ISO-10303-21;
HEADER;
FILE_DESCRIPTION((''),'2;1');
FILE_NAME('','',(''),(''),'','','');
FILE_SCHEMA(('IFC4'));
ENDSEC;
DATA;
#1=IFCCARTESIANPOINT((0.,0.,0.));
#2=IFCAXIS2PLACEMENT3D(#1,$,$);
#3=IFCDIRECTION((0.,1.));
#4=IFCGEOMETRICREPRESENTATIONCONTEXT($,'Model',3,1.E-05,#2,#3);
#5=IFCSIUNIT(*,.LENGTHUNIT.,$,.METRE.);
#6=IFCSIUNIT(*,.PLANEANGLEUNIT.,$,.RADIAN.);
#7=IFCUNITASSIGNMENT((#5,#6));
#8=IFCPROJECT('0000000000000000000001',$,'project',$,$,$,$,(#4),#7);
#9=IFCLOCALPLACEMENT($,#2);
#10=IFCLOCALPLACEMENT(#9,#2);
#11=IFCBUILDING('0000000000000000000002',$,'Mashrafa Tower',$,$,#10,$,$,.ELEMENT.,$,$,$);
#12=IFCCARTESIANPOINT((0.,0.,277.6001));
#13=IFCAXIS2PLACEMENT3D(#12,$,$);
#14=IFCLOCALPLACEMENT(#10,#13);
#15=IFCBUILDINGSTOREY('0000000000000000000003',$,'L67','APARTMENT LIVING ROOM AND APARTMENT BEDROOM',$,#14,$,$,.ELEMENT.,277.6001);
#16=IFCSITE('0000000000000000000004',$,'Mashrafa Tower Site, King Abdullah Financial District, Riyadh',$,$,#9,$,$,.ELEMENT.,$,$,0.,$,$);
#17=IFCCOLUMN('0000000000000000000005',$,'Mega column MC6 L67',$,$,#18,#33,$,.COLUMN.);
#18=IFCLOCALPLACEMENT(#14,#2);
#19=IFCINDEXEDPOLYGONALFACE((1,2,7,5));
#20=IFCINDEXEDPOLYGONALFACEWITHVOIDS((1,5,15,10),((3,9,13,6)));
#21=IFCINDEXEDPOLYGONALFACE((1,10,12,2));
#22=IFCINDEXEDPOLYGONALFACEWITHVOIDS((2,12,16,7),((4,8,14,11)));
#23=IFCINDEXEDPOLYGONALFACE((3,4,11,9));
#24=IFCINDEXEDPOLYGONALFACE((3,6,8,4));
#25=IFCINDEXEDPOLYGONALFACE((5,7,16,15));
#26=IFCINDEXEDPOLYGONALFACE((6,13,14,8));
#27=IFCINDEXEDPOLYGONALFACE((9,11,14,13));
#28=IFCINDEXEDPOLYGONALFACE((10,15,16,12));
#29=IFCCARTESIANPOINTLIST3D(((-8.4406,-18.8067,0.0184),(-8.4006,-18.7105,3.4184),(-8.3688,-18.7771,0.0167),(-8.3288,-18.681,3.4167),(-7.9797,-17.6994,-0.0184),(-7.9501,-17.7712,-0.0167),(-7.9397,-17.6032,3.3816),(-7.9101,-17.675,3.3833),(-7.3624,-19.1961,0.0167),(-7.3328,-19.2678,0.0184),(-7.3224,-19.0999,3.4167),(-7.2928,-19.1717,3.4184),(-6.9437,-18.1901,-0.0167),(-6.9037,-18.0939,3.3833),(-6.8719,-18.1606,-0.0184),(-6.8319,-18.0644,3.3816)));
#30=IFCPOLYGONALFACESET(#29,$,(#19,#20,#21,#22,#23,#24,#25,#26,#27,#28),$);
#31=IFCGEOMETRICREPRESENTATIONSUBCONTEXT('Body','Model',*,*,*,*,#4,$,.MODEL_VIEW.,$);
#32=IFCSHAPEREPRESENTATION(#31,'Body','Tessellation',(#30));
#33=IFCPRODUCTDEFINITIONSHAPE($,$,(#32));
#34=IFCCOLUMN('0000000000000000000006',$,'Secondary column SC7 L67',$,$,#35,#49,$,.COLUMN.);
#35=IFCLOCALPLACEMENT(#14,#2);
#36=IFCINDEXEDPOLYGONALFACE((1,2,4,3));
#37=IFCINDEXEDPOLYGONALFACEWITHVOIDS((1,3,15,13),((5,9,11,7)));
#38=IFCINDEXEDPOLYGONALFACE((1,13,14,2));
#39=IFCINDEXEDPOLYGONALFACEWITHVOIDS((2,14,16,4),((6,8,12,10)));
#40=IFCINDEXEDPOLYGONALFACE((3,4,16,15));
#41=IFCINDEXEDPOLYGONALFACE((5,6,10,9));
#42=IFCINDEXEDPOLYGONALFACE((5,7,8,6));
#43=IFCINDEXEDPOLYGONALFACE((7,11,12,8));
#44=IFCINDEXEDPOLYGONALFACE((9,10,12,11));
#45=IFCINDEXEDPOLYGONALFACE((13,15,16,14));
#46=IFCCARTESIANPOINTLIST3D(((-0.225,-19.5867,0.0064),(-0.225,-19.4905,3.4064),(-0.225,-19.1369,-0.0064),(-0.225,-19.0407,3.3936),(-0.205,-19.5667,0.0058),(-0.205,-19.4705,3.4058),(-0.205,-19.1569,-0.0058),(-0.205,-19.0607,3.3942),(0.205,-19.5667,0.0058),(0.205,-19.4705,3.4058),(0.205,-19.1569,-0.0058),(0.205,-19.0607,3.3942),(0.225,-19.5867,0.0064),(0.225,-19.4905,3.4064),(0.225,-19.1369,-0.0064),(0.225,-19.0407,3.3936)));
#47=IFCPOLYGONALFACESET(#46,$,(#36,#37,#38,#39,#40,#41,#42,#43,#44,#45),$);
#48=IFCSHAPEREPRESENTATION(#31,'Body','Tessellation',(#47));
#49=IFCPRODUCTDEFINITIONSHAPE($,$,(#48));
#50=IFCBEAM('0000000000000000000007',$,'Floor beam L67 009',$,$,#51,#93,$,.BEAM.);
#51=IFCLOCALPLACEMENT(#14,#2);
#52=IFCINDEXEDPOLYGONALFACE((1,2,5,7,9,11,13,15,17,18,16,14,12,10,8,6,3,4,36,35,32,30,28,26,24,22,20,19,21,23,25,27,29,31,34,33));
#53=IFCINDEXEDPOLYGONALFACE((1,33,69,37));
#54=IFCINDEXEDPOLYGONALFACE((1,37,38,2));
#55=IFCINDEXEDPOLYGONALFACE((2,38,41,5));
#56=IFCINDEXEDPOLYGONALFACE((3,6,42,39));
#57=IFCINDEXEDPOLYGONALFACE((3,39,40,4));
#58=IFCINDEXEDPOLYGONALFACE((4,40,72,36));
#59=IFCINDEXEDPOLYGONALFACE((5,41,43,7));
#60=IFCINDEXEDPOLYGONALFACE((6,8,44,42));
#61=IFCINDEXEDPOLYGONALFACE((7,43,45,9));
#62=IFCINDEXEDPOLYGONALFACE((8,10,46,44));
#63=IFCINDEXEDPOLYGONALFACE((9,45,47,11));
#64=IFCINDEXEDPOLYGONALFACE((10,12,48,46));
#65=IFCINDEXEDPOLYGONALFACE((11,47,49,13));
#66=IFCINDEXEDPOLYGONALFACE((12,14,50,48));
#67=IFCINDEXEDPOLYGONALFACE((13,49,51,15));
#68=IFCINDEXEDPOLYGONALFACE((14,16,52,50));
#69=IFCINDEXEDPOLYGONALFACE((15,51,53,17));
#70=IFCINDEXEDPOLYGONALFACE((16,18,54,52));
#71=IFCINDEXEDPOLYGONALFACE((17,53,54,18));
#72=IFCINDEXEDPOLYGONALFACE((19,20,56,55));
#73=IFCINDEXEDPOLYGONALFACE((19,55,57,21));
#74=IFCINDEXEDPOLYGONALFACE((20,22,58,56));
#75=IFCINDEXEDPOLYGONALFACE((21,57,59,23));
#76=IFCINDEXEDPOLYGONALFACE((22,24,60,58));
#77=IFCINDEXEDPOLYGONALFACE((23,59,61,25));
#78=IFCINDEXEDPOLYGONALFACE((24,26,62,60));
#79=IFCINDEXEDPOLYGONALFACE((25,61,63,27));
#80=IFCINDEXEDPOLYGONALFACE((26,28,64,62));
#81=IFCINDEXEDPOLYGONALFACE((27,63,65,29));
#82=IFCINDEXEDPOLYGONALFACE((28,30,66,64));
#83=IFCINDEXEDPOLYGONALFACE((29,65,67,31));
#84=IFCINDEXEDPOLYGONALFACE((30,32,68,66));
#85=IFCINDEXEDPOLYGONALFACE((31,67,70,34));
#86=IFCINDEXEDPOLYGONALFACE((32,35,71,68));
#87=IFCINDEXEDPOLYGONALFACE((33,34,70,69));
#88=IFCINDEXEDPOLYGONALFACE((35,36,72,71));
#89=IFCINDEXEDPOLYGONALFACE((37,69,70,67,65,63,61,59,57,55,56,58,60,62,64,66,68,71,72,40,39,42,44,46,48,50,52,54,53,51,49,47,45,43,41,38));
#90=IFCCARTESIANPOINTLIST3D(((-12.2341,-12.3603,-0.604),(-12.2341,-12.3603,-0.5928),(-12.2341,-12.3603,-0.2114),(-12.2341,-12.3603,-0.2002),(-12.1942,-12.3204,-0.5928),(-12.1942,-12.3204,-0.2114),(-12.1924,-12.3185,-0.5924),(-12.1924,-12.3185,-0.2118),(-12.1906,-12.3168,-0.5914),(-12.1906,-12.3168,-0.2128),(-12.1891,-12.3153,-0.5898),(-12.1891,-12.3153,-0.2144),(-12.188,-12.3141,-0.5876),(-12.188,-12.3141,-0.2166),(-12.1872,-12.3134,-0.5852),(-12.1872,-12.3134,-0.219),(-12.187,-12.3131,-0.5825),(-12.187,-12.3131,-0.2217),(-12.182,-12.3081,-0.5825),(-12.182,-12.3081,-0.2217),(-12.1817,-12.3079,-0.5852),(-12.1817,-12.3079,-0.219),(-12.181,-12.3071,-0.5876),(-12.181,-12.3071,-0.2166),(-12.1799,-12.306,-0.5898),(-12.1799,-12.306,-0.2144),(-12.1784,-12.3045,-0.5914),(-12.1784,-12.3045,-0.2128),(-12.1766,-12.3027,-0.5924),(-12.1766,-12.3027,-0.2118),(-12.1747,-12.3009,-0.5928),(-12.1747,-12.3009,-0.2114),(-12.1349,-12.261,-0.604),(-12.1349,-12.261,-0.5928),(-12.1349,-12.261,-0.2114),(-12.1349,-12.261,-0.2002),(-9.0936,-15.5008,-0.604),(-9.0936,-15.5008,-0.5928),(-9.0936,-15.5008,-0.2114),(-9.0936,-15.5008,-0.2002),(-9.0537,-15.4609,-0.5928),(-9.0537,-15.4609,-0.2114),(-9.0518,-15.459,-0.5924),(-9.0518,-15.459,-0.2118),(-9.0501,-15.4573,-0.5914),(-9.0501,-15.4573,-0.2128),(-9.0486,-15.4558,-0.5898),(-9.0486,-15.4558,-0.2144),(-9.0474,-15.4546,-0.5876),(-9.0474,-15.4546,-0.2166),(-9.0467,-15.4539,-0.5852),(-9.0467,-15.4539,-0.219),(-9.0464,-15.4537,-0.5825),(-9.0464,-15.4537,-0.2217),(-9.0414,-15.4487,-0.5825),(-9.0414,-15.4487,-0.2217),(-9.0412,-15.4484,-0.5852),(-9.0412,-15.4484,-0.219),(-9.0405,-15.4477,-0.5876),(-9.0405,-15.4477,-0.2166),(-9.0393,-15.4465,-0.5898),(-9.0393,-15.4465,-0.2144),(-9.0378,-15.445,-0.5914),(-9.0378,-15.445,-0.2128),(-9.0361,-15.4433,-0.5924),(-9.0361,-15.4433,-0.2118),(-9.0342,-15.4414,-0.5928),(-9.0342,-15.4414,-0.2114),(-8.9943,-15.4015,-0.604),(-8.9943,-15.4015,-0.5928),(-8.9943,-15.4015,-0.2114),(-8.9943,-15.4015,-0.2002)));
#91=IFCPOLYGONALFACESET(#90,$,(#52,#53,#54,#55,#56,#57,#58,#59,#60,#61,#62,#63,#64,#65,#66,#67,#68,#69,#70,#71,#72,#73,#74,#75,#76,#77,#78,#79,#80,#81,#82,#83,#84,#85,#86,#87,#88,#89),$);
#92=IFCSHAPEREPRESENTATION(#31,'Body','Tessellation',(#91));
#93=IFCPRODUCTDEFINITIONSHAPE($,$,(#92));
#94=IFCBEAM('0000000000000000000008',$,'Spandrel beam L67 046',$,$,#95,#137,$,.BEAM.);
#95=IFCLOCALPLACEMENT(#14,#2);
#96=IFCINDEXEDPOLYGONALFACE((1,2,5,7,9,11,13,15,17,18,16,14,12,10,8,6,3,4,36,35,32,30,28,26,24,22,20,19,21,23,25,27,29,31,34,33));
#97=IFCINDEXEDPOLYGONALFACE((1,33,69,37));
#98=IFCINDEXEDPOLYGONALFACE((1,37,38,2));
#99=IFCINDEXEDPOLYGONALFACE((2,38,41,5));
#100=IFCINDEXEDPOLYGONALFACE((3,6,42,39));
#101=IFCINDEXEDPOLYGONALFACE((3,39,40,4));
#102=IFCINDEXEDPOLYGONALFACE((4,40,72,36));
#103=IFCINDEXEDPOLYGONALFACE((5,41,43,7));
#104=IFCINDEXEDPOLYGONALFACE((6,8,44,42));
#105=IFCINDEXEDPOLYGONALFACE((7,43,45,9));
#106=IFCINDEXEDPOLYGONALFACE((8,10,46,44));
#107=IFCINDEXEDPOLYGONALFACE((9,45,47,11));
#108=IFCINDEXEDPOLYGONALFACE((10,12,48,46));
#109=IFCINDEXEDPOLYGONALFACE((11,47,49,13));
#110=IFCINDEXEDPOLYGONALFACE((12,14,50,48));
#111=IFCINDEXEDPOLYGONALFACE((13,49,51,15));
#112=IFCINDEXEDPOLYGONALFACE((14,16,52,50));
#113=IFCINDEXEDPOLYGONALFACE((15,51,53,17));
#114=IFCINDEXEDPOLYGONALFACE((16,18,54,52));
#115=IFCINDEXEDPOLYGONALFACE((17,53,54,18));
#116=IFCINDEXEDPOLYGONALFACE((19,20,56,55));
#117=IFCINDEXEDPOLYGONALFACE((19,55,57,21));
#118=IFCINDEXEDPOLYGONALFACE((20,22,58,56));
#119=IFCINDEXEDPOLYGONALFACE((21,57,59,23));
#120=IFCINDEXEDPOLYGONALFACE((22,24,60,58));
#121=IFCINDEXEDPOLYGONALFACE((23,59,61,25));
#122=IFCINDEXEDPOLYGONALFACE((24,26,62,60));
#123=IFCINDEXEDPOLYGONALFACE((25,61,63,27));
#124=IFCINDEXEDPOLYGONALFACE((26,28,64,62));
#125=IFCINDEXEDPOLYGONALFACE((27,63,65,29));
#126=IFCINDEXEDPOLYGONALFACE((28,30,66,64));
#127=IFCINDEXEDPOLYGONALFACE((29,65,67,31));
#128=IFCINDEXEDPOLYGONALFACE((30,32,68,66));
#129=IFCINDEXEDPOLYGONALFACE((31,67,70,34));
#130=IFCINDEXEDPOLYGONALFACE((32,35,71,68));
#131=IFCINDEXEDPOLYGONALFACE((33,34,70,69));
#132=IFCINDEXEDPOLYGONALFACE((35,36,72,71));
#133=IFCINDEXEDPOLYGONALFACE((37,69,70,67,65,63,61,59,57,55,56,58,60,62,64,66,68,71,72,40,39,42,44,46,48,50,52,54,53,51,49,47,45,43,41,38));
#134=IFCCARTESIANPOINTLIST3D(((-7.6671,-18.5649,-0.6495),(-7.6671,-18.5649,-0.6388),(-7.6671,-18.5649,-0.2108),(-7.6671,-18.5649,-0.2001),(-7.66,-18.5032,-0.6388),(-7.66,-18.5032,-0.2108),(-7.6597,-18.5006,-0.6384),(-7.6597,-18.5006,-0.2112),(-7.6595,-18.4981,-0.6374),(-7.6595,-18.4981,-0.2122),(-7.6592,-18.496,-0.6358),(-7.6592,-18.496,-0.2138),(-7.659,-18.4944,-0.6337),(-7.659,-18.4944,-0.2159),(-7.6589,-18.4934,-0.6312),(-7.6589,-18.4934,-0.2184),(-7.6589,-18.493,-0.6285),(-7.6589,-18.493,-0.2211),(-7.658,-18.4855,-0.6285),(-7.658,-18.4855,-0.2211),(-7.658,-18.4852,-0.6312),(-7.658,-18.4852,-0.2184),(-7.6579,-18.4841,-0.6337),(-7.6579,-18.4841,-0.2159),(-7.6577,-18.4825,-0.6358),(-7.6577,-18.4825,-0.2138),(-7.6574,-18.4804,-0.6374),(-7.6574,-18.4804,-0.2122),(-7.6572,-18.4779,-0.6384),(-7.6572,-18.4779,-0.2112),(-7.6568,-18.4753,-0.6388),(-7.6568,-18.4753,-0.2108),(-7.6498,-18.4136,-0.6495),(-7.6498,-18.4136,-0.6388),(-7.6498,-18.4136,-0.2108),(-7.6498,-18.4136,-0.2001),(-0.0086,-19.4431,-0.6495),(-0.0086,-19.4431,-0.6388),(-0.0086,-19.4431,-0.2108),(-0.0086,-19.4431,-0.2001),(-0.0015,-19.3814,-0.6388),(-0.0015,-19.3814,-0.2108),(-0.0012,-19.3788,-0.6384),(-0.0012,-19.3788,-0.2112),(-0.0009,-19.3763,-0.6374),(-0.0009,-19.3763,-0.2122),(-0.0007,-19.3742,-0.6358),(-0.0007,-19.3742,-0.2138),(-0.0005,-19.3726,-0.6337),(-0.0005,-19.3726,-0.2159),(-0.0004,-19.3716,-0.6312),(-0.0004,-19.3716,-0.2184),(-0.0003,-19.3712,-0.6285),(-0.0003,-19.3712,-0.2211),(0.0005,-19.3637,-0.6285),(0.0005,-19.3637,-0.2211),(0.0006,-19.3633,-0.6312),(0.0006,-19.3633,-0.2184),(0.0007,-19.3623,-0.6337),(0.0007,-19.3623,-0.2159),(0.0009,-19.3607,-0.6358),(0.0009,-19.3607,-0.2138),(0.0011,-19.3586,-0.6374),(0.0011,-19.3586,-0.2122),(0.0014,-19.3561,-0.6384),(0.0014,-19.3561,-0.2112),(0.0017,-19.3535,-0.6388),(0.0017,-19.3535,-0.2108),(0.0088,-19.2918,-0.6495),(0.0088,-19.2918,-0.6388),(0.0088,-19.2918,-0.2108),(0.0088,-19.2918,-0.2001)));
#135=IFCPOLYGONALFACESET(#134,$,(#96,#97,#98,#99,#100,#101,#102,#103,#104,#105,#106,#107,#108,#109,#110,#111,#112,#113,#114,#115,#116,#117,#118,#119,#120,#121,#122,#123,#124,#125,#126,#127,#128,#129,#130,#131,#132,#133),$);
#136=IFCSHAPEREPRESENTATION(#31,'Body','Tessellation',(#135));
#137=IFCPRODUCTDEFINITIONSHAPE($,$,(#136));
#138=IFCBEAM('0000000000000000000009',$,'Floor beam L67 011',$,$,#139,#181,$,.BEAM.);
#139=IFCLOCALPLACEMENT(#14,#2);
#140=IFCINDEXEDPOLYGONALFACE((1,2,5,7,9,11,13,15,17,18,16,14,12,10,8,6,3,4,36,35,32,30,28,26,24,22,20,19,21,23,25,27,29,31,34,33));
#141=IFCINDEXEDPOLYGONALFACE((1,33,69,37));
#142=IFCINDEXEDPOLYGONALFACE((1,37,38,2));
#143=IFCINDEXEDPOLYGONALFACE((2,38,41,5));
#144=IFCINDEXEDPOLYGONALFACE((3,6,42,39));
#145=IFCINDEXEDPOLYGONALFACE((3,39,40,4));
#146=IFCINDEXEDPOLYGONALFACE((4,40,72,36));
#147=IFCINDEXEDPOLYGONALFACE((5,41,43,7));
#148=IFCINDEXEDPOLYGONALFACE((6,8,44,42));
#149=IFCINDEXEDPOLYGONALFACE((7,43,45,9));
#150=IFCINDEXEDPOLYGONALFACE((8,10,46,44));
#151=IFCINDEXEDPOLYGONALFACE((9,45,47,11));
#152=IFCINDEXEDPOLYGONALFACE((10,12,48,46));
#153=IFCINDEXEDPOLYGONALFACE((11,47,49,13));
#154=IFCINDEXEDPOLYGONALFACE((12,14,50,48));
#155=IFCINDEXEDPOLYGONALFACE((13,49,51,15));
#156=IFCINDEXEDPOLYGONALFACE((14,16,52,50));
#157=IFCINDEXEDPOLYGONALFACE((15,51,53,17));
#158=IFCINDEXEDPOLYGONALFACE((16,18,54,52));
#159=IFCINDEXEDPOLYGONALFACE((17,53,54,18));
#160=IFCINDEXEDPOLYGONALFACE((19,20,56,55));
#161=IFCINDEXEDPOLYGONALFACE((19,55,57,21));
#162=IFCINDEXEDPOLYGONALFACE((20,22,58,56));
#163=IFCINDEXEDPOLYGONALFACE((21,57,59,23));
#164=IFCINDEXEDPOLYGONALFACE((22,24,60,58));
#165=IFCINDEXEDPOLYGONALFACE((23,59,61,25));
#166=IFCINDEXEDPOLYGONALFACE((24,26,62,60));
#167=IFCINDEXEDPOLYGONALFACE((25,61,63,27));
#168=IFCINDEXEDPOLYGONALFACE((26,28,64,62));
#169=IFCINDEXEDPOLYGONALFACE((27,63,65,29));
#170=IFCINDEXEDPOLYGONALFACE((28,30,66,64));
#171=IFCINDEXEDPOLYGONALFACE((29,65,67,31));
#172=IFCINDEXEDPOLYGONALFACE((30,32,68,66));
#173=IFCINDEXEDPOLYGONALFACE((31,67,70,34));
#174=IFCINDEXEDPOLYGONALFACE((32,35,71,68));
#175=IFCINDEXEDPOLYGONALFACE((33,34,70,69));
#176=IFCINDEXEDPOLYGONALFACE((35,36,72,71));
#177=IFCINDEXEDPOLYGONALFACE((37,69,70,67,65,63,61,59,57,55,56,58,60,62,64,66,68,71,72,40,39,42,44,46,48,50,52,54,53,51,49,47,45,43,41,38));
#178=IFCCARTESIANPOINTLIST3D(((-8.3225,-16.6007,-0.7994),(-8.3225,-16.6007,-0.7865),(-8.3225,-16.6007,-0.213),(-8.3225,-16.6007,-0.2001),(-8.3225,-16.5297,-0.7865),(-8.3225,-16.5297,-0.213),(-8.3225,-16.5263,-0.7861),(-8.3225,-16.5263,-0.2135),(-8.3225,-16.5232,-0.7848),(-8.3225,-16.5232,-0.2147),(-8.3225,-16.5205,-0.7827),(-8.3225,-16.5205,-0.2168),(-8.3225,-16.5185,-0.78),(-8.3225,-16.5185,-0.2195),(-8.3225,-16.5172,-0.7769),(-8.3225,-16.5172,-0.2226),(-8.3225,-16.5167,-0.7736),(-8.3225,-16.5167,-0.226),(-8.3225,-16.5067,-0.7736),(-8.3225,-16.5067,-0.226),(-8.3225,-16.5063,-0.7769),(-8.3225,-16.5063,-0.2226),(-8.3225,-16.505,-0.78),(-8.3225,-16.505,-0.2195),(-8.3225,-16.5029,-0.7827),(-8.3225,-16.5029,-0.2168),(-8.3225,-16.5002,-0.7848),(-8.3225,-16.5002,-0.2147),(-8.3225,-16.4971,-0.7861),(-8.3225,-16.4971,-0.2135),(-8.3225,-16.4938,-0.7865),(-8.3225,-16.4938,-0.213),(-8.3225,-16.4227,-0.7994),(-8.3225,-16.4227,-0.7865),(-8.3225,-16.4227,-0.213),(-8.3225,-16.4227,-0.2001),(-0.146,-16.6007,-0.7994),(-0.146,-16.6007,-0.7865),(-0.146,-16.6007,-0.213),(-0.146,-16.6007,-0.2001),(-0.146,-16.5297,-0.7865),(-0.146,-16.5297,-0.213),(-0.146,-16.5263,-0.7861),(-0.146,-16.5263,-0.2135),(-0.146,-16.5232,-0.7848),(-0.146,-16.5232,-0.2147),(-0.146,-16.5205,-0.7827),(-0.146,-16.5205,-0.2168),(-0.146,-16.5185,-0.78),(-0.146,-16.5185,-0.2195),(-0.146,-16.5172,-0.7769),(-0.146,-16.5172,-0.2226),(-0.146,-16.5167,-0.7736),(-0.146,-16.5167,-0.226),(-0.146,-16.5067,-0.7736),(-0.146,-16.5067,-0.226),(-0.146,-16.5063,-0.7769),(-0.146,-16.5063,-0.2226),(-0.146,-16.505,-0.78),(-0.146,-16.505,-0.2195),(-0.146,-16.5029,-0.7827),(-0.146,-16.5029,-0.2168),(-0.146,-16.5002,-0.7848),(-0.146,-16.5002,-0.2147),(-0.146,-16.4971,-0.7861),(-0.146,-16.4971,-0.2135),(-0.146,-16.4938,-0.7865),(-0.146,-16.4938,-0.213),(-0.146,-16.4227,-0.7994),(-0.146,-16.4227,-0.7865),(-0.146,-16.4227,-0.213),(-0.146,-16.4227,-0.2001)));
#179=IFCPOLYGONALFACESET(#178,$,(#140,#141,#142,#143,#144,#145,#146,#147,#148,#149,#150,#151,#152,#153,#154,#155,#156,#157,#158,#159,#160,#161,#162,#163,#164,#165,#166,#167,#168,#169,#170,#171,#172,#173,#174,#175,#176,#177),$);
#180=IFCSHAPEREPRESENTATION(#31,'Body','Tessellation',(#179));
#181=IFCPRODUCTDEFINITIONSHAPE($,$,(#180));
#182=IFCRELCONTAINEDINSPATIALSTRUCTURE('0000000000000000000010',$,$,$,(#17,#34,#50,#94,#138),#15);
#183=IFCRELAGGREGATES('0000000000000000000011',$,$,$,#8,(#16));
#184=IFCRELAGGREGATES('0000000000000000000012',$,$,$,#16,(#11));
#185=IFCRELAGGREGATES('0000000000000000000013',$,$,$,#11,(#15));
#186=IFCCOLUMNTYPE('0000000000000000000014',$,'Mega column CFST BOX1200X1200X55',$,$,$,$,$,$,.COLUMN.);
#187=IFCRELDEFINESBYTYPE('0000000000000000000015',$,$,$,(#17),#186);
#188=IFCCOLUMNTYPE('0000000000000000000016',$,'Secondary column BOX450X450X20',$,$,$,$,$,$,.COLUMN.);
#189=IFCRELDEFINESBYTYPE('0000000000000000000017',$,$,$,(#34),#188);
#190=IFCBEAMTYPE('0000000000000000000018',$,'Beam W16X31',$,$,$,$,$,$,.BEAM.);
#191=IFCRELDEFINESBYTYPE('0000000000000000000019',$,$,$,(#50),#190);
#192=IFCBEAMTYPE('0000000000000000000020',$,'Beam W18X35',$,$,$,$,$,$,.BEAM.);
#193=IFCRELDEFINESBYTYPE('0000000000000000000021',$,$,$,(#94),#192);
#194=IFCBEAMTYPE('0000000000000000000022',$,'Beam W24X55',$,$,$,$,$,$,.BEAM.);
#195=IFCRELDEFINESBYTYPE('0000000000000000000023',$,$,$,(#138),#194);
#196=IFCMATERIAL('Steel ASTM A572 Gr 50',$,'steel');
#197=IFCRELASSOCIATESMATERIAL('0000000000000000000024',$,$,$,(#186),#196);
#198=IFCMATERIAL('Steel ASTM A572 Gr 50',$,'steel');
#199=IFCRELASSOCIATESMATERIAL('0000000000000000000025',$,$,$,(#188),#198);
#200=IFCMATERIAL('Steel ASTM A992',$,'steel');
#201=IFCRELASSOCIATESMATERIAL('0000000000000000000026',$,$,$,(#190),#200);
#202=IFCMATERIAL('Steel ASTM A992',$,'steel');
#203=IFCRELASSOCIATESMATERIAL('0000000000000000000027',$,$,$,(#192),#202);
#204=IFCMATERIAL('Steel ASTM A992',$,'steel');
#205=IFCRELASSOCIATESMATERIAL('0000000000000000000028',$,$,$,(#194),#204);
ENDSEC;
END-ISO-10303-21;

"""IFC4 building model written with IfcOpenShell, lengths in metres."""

from ifc_helpers import new_model, si_unit, direction, frame, origin, origin_2d, place, context, subcontext, project, spatial, hollow_rectangle, i_section, extrude, material, material_profile, profile_set, type_object, element, save


model = new_model("IFC4")

# Units and contexts
model_context = context("Model", 3, precision=1e-05, world=origin(), true_north=direction((0.0, 1.0)))
body_context = subcontext(model_context, "Body", "Model", "MODEL_VIEW")
ifc_project = project(units=[si_unit("LENGTHUNIT", "METRE"), si_unit("PLANEANGLEUNIT", "RADIAN")], contexts=[model_context])

# Site, building, storey
site_placement = place(None, origin())
site = spatial("IfcSite", under=ifc_project, at=site_placement, Name="Mashrafa Tower Site, King Abdullah Financial District, Riyadh", CompositionType="ELEMENT", RefElevation=0.0)
building_placement = place(site_placement, origin())
building = spatial("IfcBuilding", under=site, at=building_placement, Name="Mashrafa Tower", CompositionType="ELEMENT")
storey_placement = place(building_placement, frame((0.0, 0.0, 277.6001)))
storey = spatial("IfcBuildingStorey", under=building, at=storey_placement, Name="L67", Description="APARTMENT LIVING ROOM AND APARTMENT BEDROOM", CompositionType="ELEMENT", Elevation=277.6001)

# Columns
ifc_material_1 = material(Name="Steel ASTM A572 Gr 50", Category="steel")
ifc_material_profile_1 = material_profile(ifc_material_1, hollow_rectangle(XDim=1.2, YDim=1.2, WallThickness=0.0549, at=origin_2d()), Name="BOX1200X1200X55")
ifc_profile_set_1 = profile_set([ifc_material_profile_1], Name="Steel ASTM A572 Gr 50")
column_type_1 = type_object("IfcColumnType", Name="Mega column CFST BOX1200X1200X55", PredefinedType="COLUMN", material=ifc_profile_set_1)
column_1_placement = place(storey_placement, frame((-7.6562, -18.4836, 0.0), z_axis=(0.011771, 0.028279, 0.999531), x_axis=(-0.923216, 0.384283, 0.0)))
element("IfcColumn", 1, at=column_1_placement, inside=storey, type_object=column_type_1, Name="Mega column MC6 L67", PredefinedType="COLUMN", context=body_context, shape_type="SweptSolid", body=[
    extrude(hollow_rectangle(XDim=1.2, YDim=1.2, WallThickness=0.0549, at=origin_2d()), origin(), (0.0, 0.0, 1.0), 3.4016),
])
ifc_material_2 = material(Name="Steel ASTM A572 Gr 50", Category="steel")
ifc_material_profile_2 = material_profile(ifc_material_2, hollow_rectangle(XDim=0.45, YDim=0.45, WallThickness=0.02, at=origin_2d()), Name="BOX450X450X20")
ifc_profile_set_2 = profile_set([ifc_material_profile_2], Name="Steel ASTM A572 Gr 50")
column_type_2 = type_object("IfcColumnType", Name="Secondary column BOX450X450X20", PredefinedType="COLUMN", material=ifc_profile_set_2)
column_2_placement = place(storey_placement, frame((0.0, -19.3618, 0.0), z_axis=(0.0, 0.028281, 0.9996), x_axis=(-1.0, 0.0, 0.0)))
element("IfcColumn", 2, at=column_2_placement, inside=storey, type_object=column_type_2, Name="Secondary column SC7 L67", PredefinedType="COLUMN", context=body_context, shape_type="SweptSolid", body=[
    extrude(hollow_rectangle(XDim=0.45, YDim=0.45, WallThickness=0.02, at=origin_2d()), origin(), (0.0, 0.0, 1.0), 3.4014),
])

# Beams
ifc_material_3 = material(Name="Steel ASTM A992", Category="steel")
ifc_material_profile_3 = material_profile(ifc_material_3, i_section(OverallWidth=0.1404, OverallDepth=0.4038, WebThickness=0.0071, FlangeThickness=0.0112, FilletRadius=0.0103, at=origin_2d()), Name="W16X31")
ifc_profile_set_3 = profile_set([ifc_material_profile_3], Name="Steel ASTM A992")
beam_type_1 = type_object("IfcBeamType", Name="Beam W16X31", PredefinedType="BEAM", material=ifc_profile_set_3)
beam_1_placement = place(storey_placement, frame((-9.0439, -15.4512, -0.4021), z_axis=(-0.707107, 0.707107, 0.0), x_axis=(-0.707107, -0.707107, 0.0)))
element("IfcBeam", 3, at=beam_1_placement, inside=storey, type_object=beam_type_1, Name="Floor beam L67 009", PredefinedType="BEAM", context=body_context, shape_type="SweptSolid", body=[
    extrude(i_section(OverallWidth=0.1404, OverallDepth=0.4038, WebThickness=0.0071, FlangeThickness=0.0112, FilletRadius=0.0103, at=origin_2d()), origin(), (0.0, 0.0, 1.0), 4.4414),
])
ifc_material_4 = material(Name="Steel ASTM A992", Category="steel")
ifc_material_profile_4 = material_profile(ifc_material_4, i_section(OverallWidth=0.1523, OverallDepth=0.4495, WebThickness=0.0076, FlangeThickness=0.0107, FilletRadius=0.0103, at=origin_2d()), Name="W18X35")
ifc_profile_set_4 = profile_set([ifc_material_profile_4], Name="Steel ASTM A992")
beam_type_2 = type_object("IfcBeamType", Name="Beam W18X35", PredefinedType="BEAM", material=ifc_profile_set_4)
beam_2_placement = place(storey_placement, frame((-7.6584, -18.4893, -0.4248), z_axis=(0.99349, -0.113921, 0.0), x_axis=(0.113921, 0.99349, 0.0)))
element("IfcBeam", 4, at=beam_2_placement, inside=storey, type_object=beam_type_2, Name="Spandrel beam L67 046", PredefinedType="BEAM", context=body_context, shape_type="SweptSolid", body=[
    extrude(i_section(OverallWidth=0.1523, OverallDepth=0.4495, WebThickness=0.0076, FlangeThickness=0.0107, FilletRadius=0.0103, at=origin_2d()), origin(), (0.0, 0.0, 1.0), 7.7087),
])
ifc_material_5 = material(Name="Steel ASTM A992", Category="steel")
ifc_material_profile_5 = material_profile(ifc_material_5, i_section(OverallWidth=0.178, OverallDepth=0.5994, WebThickness=0.01, FlangeThickness=0.0129, FilletRadius=0.0129, at=origin_2d()), Name="W24X55")
ifc_profile_set_5 = profile_set([ifc_material_profile_5], Name="Steel ASTM A992")
beam_type_3 = type_object("IfcBeamType", Name="Beam W24X55", PredefinedType="BEAM", material=ifc_profile_set_5)
beam_3_placement = place(storey_placement, frame((-0.146, -16.5117, -0.4998), z_axis=(-1.0, 0.0, 0.0), x_axis=(0.0, -1.0, 0.0)))
element("IfcBeam", 5, at=beam_3_placement, inside=storey, type_object=beam_type_3, Name="Floor beam L67 011", PredefinedType="BEAM", context=body_context, shape_type="SweptSolid", body=[
    extrude(i_section(OverallWidth=0.178, OverallDepth=0.5994, WebThickness=0.01, FlangeThickness=0.0129, FilletRadius=0.0129, at=origin_2d()), origin(), (0.0, 0.0, 1.0), 8.1765),
])

save(model, "model.ifc")
